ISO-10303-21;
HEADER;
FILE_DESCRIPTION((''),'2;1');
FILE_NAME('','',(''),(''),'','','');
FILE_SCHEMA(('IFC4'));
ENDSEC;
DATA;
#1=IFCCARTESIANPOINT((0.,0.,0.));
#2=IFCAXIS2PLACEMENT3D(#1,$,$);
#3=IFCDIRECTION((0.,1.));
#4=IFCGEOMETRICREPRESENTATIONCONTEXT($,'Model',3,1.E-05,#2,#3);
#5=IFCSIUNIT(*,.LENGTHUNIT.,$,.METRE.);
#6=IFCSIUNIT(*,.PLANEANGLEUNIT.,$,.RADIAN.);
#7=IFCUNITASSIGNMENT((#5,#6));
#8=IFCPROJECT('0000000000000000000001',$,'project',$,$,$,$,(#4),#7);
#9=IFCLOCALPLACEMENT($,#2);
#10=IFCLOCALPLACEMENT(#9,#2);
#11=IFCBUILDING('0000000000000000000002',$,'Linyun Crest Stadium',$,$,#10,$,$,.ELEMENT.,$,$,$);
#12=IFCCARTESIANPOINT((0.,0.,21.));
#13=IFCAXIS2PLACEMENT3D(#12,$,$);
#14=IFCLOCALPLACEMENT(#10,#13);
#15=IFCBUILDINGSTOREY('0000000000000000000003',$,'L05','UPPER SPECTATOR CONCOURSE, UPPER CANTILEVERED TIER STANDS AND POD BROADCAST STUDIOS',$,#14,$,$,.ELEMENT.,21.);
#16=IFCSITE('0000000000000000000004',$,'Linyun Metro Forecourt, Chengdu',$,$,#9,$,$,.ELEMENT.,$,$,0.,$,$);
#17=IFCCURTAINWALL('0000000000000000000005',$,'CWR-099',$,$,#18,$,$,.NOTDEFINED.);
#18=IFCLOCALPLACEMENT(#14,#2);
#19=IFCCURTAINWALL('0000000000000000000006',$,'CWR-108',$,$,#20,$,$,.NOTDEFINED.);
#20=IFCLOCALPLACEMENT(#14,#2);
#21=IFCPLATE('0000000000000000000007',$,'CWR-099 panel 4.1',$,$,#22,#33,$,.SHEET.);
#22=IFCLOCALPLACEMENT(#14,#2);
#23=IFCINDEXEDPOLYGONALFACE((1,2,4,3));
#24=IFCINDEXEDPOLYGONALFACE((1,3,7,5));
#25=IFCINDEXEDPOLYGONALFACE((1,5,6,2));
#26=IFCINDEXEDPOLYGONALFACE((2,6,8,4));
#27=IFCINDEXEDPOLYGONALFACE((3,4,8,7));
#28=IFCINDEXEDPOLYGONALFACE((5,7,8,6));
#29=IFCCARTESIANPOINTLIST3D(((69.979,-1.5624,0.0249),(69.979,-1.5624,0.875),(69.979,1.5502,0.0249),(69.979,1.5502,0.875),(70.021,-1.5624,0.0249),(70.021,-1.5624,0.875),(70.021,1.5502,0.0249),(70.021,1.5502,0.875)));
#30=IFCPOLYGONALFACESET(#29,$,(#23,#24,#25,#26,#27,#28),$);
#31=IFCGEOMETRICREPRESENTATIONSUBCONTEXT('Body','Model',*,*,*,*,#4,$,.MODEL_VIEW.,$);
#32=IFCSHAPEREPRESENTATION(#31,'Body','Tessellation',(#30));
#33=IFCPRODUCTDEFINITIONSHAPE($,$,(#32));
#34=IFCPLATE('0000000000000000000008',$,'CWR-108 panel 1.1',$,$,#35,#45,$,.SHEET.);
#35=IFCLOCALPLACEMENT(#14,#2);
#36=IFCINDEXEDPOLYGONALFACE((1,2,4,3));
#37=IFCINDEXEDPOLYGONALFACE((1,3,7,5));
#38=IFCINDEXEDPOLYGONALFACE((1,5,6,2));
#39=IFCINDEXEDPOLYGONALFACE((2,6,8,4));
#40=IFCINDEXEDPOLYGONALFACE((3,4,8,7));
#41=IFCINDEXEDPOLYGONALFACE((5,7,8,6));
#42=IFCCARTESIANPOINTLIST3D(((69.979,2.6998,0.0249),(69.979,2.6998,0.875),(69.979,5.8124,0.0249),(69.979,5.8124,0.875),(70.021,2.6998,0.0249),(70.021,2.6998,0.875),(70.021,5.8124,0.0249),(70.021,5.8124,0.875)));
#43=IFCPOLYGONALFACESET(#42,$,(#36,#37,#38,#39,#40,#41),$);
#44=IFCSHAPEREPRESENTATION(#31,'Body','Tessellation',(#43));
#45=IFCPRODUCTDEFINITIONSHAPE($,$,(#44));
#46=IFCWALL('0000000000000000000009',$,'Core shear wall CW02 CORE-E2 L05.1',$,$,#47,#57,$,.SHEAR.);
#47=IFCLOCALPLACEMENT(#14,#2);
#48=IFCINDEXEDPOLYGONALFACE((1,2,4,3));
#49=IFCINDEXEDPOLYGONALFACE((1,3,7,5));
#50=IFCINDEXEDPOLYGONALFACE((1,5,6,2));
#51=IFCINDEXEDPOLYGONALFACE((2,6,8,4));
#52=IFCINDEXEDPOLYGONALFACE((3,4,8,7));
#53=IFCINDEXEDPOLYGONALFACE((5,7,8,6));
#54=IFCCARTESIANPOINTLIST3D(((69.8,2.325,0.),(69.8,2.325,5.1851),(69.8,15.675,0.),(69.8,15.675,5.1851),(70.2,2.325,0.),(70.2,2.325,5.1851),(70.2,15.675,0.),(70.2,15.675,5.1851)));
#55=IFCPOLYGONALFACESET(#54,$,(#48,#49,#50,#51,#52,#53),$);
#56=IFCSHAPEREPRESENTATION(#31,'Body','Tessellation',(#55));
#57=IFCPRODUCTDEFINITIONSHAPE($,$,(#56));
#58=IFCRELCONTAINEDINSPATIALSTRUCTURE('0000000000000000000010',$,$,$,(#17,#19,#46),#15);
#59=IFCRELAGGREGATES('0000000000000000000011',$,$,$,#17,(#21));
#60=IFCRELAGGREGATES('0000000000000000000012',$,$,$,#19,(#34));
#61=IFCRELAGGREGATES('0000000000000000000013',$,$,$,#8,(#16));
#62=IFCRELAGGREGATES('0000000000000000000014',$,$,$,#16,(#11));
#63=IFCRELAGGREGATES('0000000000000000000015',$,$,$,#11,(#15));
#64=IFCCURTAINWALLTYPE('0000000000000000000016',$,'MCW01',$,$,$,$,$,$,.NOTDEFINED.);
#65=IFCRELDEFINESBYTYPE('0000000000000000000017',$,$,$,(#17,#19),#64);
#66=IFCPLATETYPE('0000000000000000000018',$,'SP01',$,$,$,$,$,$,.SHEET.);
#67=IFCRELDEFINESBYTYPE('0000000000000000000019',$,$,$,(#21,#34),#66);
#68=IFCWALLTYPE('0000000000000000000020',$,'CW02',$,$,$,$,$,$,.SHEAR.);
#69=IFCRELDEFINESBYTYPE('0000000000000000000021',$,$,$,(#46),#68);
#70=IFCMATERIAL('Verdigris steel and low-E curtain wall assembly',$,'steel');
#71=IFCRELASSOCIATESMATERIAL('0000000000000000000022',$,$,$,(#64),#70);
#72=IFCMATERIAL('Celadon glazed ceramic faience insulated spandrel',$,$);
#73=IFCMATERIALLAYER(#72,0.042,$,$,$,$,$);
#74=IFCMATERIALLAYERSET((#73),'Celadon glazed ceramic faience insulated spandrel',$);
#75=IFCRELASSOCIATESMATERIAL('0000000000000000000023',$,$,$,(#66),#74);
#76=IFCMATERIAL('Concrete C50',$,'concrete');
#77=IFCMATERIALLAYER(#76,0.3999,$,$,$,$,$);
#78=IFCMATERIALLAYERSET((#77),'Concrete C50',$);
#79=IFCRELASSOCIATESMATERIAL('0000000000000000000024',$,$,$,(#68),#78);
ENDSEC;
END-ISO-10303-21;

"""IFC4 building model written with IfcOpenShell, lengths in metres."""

from ifc_helpers import new_model, si_unit, direction, frame, frame_2d, origin, origin_2d, place, context, subcontext, project, spatial, rectangle, extrude, material, layer, layer_set, type_object, element, aggregate, save


model = new_model("IFC4")

# Units and contexts
model_context = context("Model", 3, precision=1e-05, world=origin(), true_north=direction((0.0, 1.0)))
body_context = subcontext(model_context, "Body", "Model", "MODEL_VIEW")
ifc_project = project(units=[si_unit("LENGTHUNIT", "METRE"), si_unit("PLANEANGLEUNIT", "RADIAN")], contexts=[model_context])

# Site, building, storey
site_placement = place(None, origin())
site = spatial("IfcSite", under=ifc_project, at=site_placement, Name="Linyun Metro Forecourt, Chengdu", CompositionType="ELEMENT", RefElevation=0.0)
building_placement = place(site_placement, origin())
building = spatial("IfcBuilding", under=site, at=building_placement, Name="Linyun Crest Stadium", CompositionType="ELEMENT")
storey_placement = place(building_placement, frame((0.0, 0.0, 21.0)))
storey = spatial("IfcBuildingStorey", under=building, at=storey_placement, Name="L05", Description="UPPER SPECTATOR CONCOURSE, UPPER CANTILEVERED TIER STANDS AND POD BROADCAST STUDIOS", CompositionType="ELEMENT", Elevation=21.0)

# Curtain walls
ifc_material_1 = material(Name="Verdigris steel and low-E curtain wall assembly", Category="steel")
curtain_wall_type = type_object("IfcCurtainWallType", Name="MCW01", PredefinedType="NOTDEFINED", material=ifc_material_1)
curtain_wall_1_placement = place(storey_placement, origin())
curtain_wall_1 = element("IfcCurtainWall", 1, at=curtain_wall_1_placement, inside=storey, type_object=curtain_wall_type, Name="CWR-099", PredefinedType="NOTDEFINED")
curtain_wall_2_placement = place(storey_placement, origin())
curtain_wall_2 = element("IfcCurtainWall", 2, at=curtain_wall_2_placement, inside=storey, type_object=curtain_wall_type, Name="CWR-108", PredefinedType="NOTDEFINED")

# Plates
ifc_material_2 = material(Name="Celadon glazed ceramic faience insulated spandrel")
ifc_layer_1 = layer(ifc_material_2, 0.042)
ifc_layer_set_1 = layer_set([ifc_layer_1], Name="Celadon glazed ceramic faience insulated spandrel")
plate_type_1 = type_object("IfcPlateType", Name="SP01", PredefinedType="SHEET", material=ifc_layer_set_1)
plate_1_placement = place(storey_placement, frame((70.0, -0.0061, 0.0249), z_axis=(0.0, 0.0, 1.0), x_axis=(0.0, 1.0, 0.0)))
plate_1 = element("IfcPlate", 3, at=plate_1_placement, type_object=plate_type_1, Name="CWR-099 panel 4.1", PredefinedType="SHEET", context=body_context, shape_type="SweptSolid", body=[
    extrude(rectangle(XDim=3.1125, YDim=0.042, at=origin_2d()), origin(), (0.0, 0.0, 1.0), 0.8501),
])
aggregate(curtain_wall_1, [plate_1])
plate_2_placement = place(storey_placement, frame((70.0, 4.2561, 0.0249), z_axis=(0.0, 0.0, 1.0), x_axis=(0.0, 1.0, 0.0)))
plate_2 = element("IfcPlate", 4, at=plate_2_placement, type_object=plate_type_1, Name="CWR-108 panel 1.1", PredefinedType="SHEET", context=body_context, shape_type="SweptSolid", body=[
    extrude(rectangle(XDim=3.1125, YDim=0.042, at=origin_2d()), origin(), (0.0, 0.0, 1.0), 0.8501),
])
aggregate(curtain_wall_2, [plate_2])

# Wall
ifc_material_3 = material(Name="Concrete C50", Category="concrete")
ifc_layer_2 = layer(ifc_material_3, 0.3999)
ifc_layer_set_2 = layer_set([ifc_layer_2], Name="Concrete C50")
wall_type = type_object("IfcWallType", Name="CW02", PredefinedType="SHEAR", material=ifc_layer_set_2)
wall_placement = place(storey_placement, frame((70.0, 2.325, 0.0), z_axis=(0.0, 0.0, 1.0), x_axis=(0.0, 1.0, 0.0)))
element("IfcWall", 5, at=wall_placement, inside=storey, type_object=wall_type, Name="Core shear wall CW02 CORE-E2 L05.1", PredefinedType="SHEAR", context=body_context, shape_type="SweptSolid", body=[
    extrude(rectangle(XDim=13.3501, YDim=0.3999, at=frame_2d((6.675, 0.0))), origin(), (0.0, 0.0, 1.0), 5.1851),
])

save(model, "model.ifc")
